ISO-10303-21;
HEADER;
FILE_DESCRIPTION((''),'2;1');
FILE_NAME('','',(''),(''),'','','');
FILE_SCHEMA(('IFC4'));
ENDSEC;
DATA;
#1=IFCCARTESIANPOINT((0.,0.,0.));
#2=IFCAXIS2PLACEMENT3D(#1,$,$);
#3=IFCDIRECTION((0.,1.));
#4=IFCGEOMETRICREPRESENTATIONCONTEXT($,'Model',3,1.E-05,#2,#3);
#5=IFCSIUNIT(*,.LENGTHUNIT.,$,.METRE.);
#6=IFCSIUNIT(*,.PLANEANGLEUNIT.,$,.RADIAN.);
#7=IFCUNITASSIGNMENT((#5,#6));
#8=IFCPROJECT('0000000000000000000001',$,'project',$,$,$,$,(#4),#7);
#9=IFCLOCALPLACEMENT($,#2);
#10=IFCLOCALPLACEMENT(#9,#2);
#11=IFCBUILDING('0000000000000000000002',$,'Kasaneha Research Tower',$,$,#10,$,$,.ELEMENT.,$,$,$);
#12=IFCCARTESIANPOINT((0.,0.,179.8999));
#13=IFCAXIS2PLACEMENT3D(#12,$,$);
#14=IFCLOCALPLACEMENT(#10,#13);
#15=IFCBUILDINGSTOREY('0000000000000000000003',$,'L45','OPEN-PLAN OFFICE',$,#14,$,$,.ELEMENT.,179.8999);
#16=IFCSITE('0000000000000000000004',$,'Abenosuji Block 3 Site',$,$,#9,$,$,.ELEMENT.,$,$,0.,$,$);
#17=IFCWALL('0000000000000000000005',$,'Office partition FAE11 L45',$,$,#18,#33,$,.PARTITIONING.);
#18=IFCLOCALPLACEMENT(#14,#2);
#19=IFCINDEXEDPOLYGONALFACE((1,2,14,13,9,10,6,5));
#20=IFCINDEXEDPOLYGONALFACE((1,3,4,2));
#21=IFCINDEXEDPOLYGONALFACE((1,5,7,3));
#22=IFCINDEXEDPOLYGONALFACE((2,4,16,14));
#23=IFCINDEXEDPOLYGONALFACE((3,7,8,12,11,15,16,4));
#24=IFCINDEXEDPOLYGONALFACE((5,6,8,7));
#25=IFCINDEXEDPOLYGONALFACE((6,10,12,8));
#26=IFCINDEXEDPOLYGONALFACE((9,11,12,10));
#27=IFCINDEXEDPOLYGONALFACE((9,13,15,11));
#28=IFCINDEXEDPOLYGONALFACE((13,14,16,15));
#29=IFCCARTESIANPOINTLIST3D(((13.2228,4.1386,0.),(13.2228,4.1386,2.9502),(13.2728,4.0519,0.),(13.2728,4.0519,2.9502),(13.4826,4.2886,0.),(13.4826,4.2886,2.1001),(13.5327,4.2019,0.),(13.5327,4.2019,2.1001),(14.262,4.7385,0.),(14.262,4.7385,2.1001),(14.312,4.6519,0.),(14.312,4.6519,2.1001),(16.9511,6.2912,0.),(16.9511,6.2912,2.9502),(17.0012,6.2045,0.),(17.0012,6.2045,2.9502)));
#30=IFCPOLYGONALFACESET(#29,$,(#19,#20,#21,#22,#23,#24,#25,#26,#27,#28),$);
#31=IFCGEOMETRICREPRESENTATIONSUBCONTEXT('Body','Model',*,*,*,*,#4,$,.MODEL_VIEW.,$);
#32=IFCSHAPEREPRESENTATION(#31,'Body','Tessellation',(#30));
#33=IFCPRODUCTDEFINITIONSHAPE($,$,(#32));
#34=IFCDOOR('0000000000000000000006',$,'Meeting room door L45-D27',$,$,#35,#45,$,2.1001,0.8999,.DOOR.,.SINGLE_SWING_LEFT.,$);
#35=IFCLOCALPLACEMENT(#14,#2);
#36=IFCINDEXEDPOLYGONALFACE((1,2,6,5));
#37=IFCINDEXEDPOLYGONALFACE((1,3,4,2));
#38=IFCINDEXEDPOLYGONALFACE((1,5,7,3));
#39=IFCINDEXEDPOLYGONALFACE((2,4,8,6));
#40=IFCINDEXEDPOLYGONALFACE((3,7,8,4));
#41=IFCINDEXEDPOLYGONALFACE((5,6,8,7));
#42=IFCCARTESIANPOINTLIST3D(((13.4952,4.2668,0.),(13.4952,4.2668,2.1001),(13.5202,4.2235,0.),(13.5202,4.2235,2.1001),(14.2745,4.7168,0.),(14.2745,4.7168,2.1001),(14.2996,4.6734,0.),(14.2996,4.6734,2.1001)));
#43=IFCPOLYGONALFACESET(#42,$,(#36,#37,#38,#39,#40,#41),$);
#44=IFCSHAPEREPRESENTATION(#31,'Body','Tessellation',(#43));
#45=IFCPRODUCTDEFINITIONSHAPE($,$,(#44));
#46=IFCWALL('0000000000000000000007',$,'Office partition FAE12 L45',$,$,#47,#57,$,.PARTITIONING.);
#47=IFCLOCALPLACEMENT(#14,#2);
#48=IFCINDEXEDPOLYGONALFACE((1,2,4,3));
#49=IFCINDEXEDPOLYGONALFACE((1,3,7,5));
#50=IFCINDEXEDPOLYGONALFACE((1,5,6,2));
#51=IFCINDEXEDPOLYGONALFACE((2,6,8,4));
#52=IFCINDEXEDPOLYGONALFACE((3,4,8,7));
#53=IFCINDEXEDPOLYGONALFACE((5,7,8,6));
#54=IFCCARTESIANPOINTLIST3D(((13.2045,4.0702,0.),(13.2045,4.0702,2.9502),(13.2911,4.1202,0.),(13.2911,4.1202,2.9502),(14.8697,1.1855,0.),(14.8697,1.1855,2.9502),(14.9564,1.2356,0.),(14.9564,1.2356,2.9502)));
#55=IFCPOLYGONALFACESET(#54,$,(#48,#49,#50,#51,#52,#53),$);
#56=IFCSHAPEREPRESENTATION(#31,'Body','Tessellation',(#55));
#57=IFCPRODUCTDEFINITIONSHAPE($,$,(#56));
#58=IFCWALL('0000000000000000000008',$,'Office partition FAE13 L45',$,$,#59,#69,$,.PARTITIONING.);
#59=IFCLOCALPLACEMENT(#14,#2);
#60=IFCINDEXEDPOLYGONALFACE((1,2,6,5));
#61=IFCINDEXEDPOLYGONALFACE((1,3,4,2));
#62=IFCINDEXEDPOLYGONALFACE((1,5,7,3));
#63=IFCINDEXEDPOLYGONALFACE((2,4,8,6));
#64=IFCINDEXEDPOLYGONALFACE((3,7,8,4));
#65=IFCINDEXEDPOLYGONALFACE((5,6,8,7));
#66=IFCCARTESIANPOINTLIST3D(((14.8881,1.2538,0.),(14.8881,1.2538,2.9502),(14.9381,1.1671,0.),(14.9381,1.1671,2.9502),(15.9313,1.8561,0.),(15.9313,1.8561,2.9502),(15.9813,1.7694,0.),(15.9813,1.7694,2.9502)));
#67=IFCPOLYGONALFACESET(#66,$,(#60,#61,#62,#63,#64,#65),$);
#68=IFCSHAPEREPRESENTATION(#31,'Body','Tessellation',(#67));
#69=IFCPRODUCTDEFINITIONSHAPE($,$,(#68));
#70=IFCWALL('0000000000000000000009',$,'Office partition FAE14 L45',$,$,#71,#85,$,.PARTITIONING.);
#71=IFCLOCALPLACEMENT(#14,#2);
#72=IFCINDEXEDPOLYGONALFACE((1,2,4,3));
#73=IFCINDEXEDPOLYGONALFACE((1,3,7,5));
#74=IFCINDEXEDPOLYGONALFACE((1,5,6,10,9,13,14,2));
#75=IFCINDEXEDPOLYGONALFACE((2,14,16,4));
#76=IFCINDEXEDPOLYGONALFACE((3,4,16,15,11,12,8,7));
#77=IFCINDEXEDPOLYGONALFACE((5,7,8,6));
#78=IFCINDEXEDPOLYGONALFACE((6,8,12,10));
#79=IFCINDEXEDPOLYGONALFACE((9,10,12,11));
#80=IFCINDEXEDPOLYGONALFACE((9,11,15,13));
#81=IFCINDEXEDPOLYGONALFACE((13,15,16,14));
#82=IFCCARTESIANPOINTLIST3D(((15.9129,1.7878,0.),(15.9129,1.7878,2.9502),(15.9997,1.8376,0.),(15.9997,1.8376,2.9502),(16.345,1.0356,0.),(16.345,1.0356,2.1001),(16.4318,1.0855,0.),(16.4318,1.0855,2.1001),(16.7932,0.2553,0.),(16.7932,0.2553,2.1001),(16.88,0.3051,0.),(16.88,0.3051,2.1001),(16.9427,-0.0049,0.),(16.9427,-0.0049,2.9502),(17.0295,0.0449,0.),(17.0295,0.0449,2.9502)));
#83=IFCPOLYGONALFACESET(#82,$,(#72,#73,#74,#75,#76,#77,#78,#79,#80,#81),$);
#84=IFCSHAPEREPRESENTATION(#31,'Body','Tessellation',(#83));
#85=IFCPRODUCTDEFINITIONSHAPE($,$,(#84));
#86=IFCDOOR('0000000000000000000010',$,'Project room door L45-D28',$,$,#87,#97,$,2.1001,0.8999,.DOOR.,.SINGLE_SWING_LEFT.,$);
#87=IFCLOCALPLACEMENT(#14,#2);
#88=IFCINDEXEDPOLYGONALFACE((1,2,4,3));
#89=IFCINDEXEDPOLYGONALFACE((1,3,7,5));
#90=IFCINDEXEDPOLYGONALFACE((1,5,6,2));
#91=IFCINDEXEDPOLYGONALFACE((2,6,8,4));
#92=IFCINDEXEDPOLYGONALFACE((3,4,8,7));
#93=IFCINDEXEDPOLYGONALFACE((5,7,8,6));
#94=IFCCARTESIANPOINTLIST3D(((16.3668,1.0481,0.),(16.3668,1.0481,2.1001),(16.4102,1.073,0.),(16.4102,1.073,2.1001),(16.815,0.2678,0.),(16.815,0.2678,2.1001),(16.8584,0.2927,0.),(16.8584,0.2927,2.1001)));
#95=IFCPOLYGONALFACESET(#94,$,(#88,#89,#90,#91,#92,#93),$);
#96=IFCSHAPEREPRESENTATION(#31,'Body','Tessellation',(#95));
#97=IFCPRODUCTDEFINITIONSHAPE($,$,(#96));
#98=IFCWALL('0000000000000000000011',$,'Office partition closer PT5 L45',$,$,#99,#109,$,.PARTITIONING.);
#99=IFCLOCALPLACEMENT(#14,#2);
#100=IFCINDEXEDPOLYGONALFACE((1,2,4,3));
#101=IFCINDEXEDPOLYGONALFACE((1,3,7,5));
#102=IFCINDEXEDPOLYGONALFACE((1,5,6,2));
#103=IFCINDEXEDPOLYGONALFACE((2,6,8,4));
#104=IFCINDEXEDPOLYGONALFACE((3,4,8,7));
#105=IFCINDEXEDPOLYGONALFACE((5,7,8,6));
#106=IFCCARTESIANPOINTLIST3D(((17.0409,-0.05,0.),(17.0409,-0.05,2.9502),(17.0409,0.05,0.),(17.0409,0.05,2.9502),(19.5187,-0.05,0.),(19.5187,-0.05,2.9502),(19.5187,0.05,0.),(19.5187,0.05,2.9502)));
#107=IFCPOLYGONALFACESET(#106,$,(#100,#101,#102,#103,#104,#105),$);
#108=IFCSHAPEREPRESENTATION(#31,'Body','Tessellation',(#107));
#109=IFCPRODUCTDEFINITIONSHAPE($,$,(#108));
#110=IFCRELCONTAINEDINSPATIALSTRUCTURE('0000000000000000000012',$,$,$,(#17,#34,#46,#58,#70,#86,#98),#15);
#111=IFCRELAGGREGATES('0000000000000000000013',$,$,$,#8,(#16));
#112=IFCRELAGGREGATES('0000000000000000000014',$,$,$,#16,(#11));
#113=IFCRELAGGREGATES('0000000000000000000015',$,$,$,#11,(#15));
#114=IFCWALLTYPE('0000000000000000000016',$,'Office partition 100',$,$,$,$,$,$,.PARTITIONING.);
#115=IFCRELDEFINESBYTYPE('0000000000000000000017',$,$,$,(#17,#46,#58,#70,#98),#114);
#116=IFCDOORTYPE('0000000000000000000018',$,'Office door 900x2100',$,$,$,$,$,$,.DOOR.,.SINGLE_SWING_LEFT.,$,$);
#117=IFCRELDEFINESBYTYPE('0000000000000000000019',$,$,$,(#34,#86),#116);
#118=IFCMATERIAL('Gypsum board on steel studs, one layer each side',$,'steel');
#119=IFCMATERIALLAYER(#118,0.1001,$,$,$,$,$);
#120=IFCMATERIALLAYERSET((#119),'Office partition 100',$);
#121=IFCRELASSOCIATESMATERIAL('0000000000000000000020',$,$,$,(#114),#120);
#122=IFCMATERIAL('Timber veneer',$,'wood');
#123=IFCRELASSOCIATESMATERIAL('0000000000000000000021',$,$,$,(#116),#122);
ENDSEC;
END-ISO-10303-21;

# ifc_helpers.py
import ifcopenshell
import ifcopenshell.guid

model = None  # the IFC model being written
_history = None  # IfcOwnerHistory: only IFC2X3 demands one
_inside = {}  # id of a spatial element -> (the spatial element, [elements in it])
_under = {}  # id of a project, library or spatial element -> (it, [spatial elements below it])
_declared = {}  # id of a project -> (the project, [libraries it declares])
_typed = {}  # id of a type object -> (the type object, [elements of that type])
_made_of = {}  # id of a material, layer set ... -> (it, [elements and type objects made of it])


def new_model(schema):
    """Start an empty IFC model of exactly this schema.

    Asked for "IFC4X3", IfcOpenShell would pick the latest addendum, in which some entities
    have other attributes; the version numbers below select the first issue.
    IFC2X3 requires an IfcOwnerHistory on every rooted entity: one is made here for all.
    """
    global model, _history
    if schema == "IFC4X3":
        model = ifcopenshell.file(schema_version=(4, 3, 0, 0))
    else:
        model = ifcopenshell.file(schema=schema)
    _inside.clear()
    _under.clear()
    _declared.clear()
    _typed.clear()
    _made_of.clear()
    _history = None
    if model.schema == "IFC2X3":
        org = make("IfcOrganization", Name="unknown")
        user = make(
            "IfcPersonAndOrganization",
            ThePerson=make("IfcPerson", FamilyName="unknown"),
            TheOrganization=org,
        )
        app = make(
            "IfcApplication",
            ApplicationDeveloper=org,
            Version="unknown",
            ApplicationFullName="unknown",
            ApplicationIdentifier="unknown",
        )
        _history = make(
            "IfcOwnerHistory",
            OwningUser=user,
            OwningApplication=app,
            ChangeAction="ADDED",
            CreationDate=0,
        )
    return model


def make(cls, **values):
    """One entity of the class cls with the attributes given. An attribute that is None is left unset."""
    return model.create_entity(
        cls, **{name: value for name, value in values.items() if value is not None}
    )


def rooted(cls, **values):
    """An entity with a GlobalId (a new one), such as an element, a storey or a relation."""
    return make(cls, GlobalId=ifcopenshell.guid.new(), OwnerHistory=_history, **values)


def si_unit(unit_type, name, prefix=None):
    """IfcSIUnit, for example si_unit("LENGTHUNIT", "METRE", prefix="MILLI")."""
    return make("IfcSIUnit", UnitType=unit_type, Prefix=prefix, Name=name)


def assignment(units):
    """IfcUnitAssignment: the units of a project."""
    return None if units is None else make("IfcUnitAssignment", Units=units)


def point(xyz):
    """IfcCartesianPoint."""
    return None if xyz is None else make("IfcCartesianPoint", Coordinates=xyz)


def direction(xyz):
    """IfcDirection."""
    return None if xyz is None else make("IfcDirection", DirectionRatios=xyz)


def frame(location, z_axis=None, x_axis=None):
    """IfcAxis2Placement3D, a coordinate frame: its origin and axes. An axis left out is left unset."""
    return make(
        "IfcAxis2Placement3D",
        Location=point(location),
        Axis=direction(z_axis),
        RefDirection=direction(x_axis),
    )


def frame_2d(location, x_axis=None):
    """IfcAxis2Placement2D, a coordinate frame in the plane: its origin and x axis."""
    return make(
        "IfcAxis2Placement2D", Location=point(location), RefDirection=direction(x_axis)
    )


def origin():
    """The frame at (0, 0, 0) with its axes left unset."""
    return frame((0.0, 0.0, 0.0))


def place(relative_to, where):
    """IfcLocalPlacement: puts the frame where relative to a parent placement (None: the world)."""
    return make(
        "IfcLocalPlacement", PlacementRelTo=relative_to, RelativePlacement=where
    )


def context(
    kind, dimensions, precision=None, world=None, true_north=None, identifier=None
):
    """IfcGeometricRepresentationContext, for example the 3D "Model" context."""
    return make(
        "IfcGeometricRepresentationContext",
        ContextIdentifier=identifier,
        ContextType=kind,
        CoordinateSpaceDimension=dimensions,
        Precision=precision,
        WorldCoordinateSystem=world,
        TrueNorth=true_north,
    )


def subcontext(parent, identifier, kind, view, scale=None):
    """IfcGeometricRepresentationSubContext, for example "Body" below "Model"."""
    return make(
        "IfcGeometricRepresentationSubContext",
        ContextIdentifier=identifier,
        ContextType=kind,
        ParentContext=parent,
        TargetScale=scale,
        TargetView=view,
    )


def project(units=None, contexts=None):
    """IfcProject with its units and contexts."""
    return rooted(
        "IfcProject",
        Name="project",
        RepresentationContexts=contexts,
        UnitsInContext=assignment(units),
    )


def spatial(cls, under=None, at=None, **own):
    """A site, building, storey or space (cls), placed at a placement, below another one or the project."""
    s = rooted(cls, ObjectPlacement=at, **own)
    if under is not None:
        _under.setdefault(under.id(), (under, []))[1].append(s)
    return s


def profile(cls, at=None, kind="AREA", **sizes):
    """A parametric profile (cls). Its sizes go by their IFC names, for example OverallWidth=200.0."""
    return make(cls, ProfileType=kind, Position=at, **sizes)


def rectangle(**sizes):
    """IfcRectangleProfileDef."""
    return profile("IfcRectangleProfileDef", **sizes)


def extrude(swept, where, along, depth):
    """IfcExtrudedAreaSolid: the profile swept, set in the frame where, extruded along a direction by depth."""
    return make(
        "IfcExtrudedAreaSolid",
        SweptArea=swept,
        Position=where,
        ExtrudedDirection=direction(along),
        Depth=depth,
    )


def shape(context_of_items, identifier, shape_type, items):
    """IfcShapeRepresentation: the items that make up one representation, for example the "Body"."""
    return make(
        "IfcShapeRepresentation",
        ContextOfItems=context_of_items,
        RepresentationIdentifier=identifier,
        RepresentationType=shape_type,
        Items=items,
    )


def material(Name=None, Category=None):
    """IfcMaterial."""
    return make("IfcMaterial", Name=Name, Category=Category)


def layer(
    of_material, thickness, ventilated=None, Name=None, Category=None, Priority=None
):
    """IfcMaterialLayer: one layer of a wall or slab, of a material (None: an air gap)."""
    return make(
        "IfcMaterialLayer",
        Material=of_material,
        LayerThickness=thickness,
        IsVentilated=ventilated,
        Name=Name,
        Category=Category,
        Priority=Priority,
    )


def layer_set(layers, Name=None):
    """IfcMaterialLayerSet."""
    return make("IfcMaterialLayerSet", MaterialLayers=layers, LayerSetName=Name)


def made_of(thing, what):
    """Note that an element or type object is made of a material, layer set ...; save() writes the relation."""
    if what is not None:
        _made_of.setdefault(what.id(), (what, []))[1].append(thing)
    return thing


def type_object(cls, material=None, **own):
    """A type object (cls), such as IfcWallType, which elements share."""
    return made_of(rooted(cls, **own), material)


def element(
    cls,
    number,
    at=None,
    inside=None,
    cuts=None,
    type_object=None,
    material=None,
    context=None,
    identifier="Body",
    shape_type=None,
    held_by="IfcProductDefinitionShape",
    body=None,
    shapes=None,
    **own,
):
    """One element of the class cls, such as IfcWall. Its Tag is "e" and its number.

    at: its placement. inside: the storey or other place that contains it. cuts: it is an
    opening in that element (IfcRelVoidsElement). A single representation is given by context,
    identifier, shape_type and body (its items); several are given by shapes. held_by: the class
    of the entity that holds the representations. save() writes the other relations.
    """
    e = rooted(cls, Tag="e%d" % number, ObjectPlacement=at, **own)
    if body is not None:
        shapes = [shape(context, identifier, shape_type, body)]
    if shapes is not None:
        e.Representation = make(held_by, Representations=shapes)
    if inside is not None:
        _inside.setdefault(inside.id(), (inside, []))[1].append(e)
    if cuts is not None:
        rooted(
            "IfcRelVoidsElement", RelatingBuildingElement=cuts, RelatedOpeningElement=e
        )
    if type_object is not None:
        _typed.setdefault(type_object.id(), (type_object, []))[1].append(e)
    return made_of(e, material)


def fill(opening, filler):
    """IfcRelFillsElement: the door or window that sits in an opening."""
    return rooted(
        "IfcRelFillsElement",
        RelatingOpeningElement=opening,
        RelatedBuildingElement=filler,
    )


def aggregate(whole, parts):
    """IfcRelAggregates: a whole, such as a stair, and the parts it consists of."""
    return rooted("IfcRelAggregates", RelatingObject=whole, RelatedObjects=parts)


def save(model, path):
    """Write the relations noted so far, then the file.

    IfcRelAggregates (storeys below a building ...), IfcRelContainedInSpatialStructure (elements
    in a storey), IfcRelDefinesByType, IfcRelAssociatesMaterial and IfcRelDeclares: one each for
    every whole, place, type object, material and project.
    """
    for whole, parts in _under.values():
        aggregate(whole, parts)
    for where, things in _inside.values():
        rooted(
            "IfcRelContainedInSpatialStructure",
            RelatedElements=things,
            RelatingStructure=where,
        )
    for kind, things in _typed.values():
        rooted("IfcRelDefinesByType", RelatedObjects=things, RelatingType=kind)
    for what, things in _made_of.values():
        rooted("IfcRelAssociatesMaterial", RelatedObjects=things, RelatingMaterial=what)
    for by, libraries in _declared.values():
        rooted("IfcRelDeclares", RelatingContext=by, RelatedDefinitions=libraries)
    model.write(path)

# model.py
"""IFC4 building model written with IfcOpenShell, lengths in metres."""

from ifc_helpers import new_model, si_unit, direction, frame, frame_2d, origin, place, context, subcontext, project, spatial, rectangle, extrude, material, layer, layer_set, type_object, element, fill, save


model = new_model("IFC4")

# Units and contexts
model_context = context("Model", 3, precision=1e-05, world=origin(), true_north=direction((0.0, 1.0)))
body_context = subcontext(model_context, "Body", "Model", "MODEL_VIEW")
ifc_project = project(units=[si_unit("LENGTHUNIT", "METRE"), si_unit("PLANEANGLEUNIT", "RADIAN")], contexts=[model_context])

# Site, building, storey
site_placement = place(None, origin())
site = spatial("IfcSite", under=ifc_project, at=site_placement, Name="Abenosuji Block 3 Site", CompositionType="ELEMENT", RefElevation=0.0)
building_placement = place(site_placement, origin())
building = spatial("IfcBuilding", under=site, at=building_placement, Name="Kasaneha Research Tower", CompositionType="ELEMENT")
storey_placement = place(building_placement, frame((0.0, 0.0, 179.8999)))
storey = spatial("IfcBuildingStorey", under=building, at=storey_placement, Name="L45", Description="OPEN-PLAN OFFICE", CompositionType="ELEMENT", Elevation=179.8999)

# Shared definitions
ifc_material_1 = material(Name="Gypsum board on steel studs, one layer each side", Category="steel")
ifc_layer_1 = layer(ifc_material_1, 0.1001)
ifc_layer_set_1 = layer_set([ifc_layer_1], Name="Office partition 100")
wall_type_1 = type_object("IfcWallType", Name="Office partition 100", PredefinedType="PARTITIONING", material=ifc_layer_set_1)

# Wall, opening, door
wall_1_placement = place(storey_placement, frame((13.2478, 4.0952, 0.0), z_axis=(0.0, 0.0, 1.0), x_axis=(0.866018, 0.500012, 0.0)))
wall_1 = element("IfcWall", 1, at=wall_1_placement, inside=storey, type_object=wall_type_1, Name="Office partition FAE11 L45", PredefinedType="PARTITIONING", context=body_context, shape_type="SweptSolid", body=[
    extrude(rectangle(XDim=4.3052, YDim=0.1001, at=frame_2d((2.1526, 0.0))), origin(), (0.0, 0.0, 1.0), 2.9502),
])
opening_1_placement = place(wall_1_placement, frame((0.3, 0.0, 0.0)))
opening_1 = element("IfcOpeningElement", 2, at=opening_1_placement, cuts=wall_1, PredefinedType="OPENING", context=body_context, shape_type="SweptSolid", body=[
    extrude(rectangle(XDim=0.8999, YDim=2.1001, at=frame_2d((0.45, 1.05))), frame((0.0, 0.0601, 0.0), z_axis=(0.0, -1.0, 0.0), x_axis=(1.0, 0.0, 0.0)), (0.0, 0.0, 1.0), 0.1201),
])
ifc_material_2 = material(Name="Timber veneer", Category="wood")
door_type_1 = type_object("IfcDoorType", Name="Office door 900x2100", OperationType="SINGLE_SWING_LEFT", PredefinedType="DOOR", material=ifc_material_2)
door_1_placement = place(opening_1_placement, origin())
door_1 = element("IfcDoor", 3, at=door_1_placement, inside=storey, type_object=door_type_1, Name="Meeting room door L45-D27", OperationType="SINGLE_SWING_LEFT", OverallHeight=2.1001, OverallWidth=0.8999, PredefinedType="DOOR", context=body_context, shape_type="SweptSolid", body=[
    extrude(rectangle(XDim=0.8999, YDim=2.1001, at=frame_2d((0.45, 1.05))), frame((0.0, 0.0249, 0.0), z_axis=(0.0, -1.0, 0.0), x_axis=(1.0, 0.0, 0.0)), (0.0, 0.0, 1.0), 0.05),
])
fill(opening_1, door_1)

# Walls
wall_2_placement = place(storey_placement, frame((14.9131, 1.2104, 0.0), z_axis=(0.0, 0.0, 1.0), x_axis=(-0.499947, 0.866056, 0.0)))
element("IfcWall", 4, at=wall_2_placement, inside=storey, type_object=wall_type_1, Name="Office partition FAE12 L45", PredefinedType="PARTITIONING", context=body_context, shape_type="SweptSolid", body=[
    extrude(rectangle(XDim=3.3308, YDim=0.1001, at=frame_2d((1.6655, 0.0))), origin(), (0.0, 0.0, 1.0), 2.9502),
])
wall_3_placement = place(storey_placement, frame((15.9563, 1.8127, 0.0), z_axis=(0.0, 0.0, 1.0), x_axis=(-0.866027, -0.499997, 0.0)))
element("IfcWall", 5, at=wall_3_placement, inside=storey, type_object=wall_type_1, Name="Office partition FAE13 L45", PredefinedType="PARTITIONING", context=body_context, shape_type="SweptSolid", body=[
    extrude(rectangle(XDim=1.2046, YDim=0.1001, at=frame_2d((0.6023, 0.0))), origin(), (0.0, 0.0, 1.0), 2.9502),
])

# Wall, opening, door
wall_4_placement = place(storey_placement, frame((16.9861, 0.02, 0.0), z_axis=(0.0, 0.0, 1.0), x_axis=(-0.498096, 0.867122, 0.0)))
wall_4 = element("IfcWall", 6, at=wall_4_placement, inside=storey, type_object=wall_type_1, Name="Office partition FAE14 L45", PredefinedType="PARTITIONING", context=body_context, shape_type="SweptSolid", body=[
    extrude(rectangle(XDim=2.0674, YDim=0.1001, at=frame_2d((1.0337, 0.0))), origin(), (0.0, 0.0, 1.0), 2.9502),
])
opening_2_placement = place(wall_4_placement, frame((0.3, 0.0, 0.0)))
opening_2 = element("IfcOpeningElement", 7, at=opening_2_placement, cuts=wall_4, PredefinedType="OPENING", context=body_context, shape_type="SweptSolid", body=[
    extrude(rectangle(XDim=0.8999, YDim=2.1001, at=frame_2d((0.45, 1.05))), frame((0.0, 0.0601, 0.0), z_axis=(0.0, -1.0, 0.0), x_axis=(1.0, 0.0, 0.0)), (0.0, 0.0, 1.0), 0.1201),
])
door_2_placement = place(opening_2_placement, origin())
door_2 = element("IfcDoor", 8, at=door_2_placement, inside=storey, type_object=door_type_1, Name="Project room door L45-D28", OperationType="SINGLE_SWING_LEFT", OverallHeight=2.1001, OverallWidth=0.8999, PredefinedType="DOOR", context=body_context, shape_type="SweptSolid", body=[
    extrude(rectangle(XDim=0.8999, YDim=2.1001, at=frame_2d((0.45, 1.05))), frame((0.0, 0.0249, 0.0), z_axis=(0.0, -1.0, 0.0), x_axis=(1.0, 0.0, 0.0)), (0.0, 0.0, 1.0), 0.05),
])
fill(opening_2, door_2)

# Wall
wall_5_placement = place(storey_placement, frame((19.5186, 0.0, 0.0), z_axis=(0.0, 0.0, 1.0), x_axis=(-1.0, 0.0, 0.0)))
element("IfcWall", 9, at=wall_5_placement, inside=storey, type_object=wall_type_1, Name="Office partition closer PT5 L45", PredefinedType="PARTITIONING", context=body_context, shape_type="SweptSolid", body=[
    extrude(rectangle(XDim=2.4778, YDim=0.1001, at=frame_2d((1.2388, 0.0))), origin(), (0.0, 0.0, 1.0), 2.9502),
])

save(model, "model.ifc")
